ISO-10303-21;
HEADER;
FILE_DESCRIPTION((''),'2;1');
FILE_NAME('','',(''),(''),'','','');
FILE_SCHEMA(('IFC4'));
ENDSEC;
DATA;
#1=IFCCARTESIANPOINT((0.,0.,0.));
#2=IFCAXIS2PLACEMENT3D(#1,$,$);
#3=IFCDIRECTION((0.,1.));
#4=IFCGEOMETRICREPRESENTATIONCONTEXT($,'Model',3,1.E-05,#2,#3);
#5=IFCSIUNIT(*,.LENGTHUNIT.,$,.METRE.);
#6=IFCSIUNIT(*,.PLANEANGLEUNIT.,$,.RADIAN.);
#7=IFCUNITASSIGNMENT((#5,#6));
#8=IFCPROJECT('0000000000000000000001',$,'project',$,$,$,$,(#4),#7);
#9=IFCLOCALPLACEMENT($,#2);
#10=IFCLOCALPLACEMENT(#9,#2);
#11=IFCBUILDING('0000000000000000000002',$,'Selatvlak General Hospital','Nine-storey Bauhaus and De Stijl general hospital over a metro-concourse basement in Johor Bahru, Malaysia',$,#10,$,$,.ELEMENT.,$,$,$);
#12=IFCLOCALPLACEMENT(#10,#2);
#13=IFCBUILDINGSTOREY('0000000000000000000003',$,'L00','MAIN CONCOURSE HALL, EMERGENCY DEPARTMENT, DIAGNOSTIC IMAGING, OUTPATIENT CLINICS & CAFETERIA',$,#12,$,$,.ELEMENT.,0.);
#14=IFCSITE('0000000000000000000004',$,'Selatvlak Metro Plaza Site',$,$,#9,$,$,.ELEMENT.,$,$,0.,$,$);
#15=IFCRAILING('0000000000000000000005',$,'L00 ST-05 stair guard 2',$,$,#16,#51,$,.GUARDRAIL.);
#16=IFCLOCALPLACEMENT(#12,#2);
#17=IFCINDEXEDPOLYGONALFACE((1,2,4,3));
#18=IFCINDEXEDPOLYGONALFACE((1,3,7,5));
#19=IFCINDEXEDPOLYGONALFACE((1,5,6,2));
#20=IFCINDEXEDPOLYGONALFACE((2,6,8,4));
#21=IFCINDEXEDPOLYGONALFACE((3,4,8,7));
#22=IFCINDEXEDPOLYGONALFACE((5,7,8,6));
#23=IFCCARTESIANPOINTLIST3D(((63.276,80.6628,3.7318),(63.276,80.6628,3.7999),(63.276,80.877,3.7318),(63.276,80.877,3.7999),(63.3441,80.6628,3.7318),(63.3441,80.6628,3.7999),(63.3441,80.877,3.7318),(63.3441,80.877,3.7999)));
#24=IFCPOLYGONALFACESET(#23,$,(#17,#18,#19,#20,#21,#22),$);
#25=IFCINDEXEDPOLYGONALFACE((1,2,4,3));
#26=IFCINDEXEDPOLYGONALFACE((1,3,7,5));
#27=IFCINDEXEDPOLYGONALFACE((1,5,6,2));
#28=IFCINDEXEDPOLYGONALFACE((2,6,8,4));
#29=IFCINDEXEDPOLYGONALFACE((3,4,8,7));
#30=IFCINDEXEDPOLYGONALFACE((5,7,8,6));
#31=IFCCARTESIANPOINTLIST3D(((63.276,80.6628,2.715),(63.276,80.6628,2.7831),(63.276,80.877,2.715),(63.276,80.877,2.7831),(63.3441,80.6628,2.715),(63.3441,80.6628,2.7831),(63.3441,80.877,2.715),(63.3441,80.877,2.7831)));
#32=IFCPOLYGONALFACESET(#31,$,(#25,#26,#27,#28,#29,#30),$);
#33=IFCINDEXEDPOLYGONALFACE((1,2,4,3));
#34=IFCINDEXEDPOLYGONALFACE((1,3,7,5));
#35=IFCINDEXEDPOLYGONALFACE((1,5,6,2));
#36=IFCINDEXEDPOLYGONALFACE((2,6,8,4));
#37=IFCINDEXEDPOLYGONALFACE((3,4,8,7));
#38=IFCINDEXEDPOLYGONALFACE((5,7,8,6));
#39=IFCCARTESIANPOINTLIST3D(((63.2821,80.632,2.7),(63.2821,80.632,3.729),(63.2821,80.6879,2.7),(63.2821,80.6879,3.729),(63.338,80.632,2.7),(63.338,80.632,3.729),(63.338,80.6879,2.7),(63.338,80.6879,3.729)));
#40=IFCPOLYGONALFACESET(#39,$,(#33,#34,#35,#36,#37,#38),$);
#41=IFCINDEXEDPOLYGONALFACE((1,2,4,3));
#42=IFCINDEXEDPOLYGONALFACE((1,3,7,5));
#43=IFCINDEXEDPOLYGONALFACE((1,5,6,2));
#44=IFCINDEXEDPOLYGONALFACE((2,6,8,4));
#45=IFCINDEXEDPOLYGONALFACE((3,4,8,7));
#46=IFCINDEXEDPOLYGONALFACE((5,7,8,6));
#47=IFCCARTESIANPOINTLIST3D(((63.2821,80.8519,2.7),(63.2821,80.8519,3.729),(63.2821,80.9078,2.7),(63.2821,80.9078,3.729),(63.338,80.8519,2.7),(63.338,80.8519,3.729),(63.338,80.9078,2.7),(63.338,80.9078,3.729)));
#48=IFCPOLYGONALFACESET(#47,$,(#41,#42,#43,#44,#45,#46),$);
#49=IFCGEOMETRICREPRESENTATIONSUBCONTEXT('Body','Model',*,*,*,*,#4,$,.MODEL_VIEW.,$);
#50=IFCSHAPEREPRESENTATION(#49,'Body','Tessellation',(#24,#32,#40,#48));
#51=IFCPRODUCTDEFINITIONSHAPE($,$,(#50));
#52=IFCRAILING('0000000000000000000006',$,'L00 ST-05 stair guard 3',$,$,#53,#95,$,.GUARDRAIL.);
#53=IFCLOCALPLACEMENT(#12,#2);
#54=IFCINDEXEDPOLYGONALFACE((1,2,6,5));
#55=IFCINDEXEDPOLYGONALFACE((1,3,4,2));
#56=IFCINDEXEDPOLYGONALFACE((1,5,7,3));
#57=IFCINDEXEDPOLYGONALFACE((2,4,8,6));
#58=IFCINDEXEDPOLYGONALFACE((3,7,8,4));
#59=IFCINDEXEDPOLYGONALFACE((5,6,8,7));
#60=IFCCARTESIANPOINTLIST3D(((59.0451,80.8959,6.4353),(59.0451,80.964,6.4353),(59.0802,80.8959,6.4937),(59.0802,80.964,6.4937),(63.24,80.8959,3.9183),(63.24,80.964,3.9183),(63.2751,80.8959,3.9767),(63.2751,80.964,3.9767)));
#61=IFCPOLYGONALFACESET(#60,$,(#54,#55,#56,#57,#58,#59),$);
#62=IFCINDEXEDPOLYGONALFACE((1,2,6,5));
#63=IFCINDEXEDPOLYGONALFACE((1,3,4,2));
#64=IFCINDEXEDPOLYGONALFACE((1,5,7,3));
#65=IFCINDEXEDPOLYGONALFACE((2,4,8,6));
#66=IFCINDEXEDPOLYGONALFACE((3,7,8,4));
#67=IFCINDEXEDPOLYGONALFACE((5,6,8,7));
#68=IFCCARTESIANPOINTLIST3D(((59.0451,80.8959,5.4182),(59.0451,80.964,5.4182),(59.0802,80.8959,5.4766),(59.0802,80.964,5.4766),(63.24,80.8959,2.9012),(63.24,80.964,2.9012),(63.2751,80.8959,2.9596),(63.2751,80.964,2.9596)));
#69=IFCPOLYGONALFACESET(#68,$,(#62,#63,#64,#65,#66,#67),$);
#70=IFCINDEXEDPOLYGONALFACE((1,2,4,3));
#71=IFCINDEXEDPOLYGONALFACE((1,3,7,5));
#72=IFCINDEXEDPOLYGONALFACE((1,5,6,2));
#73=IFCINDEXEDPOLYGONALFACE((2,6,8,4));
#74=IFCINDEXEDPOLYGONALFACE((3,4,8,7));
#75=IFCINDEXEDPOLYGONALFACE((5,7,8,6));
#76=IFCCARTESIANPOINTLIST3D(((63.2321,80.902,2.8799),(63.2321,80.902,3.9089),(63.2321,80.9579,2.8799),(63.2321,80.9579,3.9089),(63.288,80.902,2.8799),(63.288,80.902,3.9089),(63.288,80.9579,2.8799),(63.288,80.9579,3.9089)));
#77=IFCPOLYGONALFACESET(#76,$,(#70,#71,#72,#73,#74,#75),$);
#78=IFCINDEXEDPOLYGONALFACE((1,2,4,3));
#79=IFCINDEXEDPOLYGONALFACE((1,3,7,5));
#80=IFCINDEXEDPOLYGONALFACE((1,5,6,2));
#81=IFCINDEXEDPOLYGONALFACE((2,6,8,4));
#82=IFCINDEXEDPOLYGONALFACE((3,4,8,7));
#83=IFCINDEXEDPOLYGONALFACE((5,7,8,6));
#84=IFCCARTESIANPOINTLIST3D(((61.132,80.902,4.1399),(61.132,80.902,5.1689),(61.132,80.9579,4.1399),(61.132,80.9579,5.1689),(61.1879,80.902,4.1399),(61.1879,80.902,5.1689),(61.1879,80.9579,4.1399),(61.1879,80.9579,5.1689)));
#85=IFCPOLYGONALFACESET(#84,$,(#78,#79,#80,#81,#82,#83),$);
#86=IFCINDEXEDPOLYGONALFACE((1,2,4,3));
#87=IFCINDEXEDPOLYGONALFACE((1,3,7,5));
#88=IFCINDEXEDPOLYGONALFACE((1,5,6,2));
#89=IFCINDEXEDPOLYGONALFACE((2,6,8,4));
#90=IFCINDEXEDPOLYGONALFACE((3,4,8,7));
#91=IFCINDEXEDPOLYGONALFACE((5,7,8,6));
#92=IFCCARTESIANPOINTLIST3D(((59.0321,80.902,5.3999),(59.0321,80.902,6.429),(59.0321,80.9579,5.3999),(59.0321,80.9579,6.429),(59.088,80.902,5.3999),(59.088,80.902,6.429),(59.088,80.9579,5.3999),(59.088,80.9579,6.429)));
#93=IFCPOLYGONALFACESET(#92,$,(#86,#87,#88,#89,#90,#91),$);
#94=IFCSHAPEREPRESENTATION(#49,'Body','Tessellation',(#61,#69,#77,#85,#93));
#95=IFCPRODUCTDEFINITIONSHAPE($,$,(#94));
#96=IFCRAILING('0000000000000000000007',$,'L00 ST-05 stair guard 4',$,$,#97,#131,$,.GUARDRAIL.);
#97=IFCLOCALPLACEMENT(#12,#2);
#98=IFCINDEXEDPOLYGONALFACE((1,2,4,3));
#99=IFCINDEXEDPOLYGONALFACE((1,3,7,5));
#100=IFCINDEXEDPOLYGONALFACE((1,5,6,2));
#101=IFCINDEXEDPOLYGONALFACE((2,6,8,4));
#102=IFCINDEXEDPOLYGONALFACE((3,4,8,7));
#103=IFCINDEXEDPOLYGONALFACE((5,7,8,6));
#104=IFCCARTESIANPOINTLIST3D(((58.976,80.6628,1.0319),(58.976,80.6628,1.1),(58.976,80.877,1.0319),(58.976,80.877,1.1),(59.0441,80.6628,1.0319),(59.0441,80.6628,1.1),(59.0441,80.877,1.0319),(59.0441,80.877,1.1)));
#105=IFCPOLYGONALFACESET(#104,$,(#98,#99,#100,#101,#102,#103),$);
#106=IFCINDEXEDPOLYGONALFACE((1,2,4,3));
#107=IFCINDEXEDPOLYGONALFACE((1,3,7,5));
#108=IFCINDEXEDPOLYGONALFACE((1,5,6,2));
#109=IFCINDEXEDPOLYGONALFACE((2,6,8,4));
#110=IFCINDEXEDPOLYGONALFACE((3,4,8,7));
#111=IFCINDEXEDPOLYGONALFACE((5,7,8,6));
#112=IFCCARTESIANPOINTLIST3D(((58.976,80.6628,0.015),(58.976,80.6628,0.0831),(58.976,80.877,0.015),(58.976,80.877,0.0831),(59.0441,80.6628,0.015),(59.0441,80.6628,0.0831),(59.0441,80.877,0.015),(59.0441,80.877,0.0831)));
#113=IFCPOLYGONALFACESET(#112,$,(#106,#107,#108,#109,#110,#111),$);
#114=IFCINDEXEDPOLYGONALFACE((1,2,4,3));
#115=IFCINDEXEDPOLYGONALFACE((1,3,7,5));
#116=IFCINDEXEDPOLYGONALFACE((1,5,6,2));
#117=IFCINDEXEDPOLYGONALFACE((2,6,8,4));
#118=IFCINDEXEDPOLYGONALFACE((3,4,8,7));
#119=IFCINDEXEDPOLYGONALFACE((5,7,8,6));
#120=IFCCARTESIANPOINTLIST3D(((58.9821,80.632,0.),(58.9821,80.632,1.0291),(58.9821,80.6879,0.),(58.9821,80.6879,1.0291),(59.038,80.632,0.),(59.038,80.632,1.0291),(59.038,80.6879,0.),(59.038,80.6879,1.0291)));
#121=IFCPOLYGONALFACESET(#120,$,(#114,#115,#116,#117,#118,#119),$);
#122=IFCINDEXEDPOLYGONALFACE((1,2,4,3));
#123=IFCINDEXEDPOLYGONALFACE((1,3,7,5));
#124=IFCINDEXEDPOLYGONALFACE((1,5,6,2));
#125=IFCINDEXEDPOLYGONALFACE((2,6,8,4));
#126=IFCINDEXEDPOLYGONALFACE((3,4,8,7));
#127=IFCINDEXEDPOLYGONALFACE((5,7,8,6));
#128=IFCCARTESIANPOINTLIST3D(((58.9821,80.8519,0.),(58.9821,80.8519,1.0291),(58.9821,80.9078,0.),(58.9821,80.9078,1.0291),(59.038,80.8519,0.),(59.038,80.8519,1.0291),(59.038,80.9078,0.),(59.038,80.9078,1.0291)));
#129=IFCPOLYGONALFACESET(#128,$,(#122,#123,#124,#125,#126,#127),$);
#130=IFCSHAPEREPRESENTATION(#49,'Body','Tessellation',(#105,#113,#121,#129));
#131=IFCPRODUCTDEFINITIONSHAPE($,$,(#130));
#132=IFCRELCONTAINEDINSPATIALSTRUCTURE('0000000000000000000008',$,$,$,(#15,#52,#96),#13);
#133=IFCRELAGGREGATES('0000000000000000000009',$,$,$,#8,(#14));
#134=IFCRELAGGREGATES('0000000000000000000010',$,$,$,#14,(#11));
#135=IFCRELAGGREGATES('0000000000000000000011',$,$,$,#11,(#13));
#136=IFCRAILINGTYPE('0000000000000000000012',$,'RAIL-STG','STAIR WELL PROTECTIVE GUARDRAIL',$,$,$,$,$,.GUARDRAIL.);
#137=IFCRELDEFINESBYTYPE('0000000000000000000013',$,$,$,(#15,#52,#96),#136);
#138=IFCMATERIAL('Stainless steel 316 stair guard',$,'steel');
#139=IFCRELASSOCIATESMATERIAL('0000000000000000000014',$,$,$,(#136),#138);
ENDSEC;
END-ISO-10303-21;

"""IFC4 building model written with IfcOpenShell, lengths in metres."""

from ifc_helpers import new_model, si_unit, direction, frame, origin, origin_2d, place, context, subcontext, project, spatial, rectangle, extrude, material, type_object, element, save


model = new_model("IFC4")

# Units and contexts
model_context = context("Model", 3, precision=1e-05, world=origin(), true_north=direction((0.0, 1.0)))
body_context = subcontext(model_context, "Body", "Model", "MODEL_VIEW")
ifc_project = project(units=[si_unit("LENGTHUNIT", "METRE"), si_unit("PLANEANGLEUNIT", "RADIAN")], contexts=[model_context])

# Site, building, storey
site_placement = place(None, origin())
site = spatial("IfcSite", under=ifc_project, at=site_placement, Name="Selatvlak Metro Plaza Site", CompositionType="ELEMENT", RefElevation=0.0)
building_placement = place(site_placement, origin())
building = spatial("IfcBuilding", under=site, at=building_placement, Name="Selatvlak General Hospital", Description="Nine-storey Bauhaus and De Stijl general hospital over a metro-concourse basement in Johor Bahru, Malaysia", CompositionType="ELEMENT")
storey_placement = place(building_placement, origin())
storey = spatial("IfcBuildingStorey", under=building, at=storey_placement, Name="L00", Description="MAIN CONCOURSE HALL, EMERGENCY DEPARTMENT, DIAGNOSTIC IMAGING, OUTPATIENT CLINICS & CAFETERIA", CompositionType="ELEMENT", Elevation=0.0)

# Railings
ifc_material_1 = material(Name="Stainless steel 316 stair guard", Category="steel")
railing_type_1 = type_object("IfcRailingType", Name="RAIL-STG", Description="STAIR WELL PROTECTIVE GUARDRAIL", PredefinedType="GUARDRAIL", material=ifc_material_1)
railing_1_placement = place(storey_placement, frame((63.3101, 80.6599, 2.7)))
element("IfcRailing", 1, at=railing_1_placement, inside=storey, type_object=railing_type_1, Name="L00 ST-05 stair guard 2", PredefinedType="GUARDRAIL", context=body_context, shape_type="SweptSolid", body=[
    extrude(rectangle(XDim=0.0681, YDim=0.0681, at=origin_2d()), frame((0.0, 0.0029, 1.0659), z_axis=(0.0, 1.0, 0.0), x_axis=(-1.0, 0.0, 0.0)), (0.0, 0.0, 1.0), 0.2141),
    extrude(rectangle(XDim=0.0681, YDim=0.0681, at=origin_2d()), frame((0.0, 0.0029, 0.0491), z_axis=(0.0, 1.0, 0.0), x_axis=(-1.0, 0.0, 0.0)), (0.0, 0.0, 1.0), 0.2141),
    extrude(rectangle(XDim=0.0559, YDim=0.0559, at=origin_2d()), origin(), (0.0, 0.0, 1.0), 1.0291),
    extrude(rectangle(XDim=0.0559, YDim=0.0559, at=origin_2d()), frame((0.0, 0.22, 0.0)), (0.0, 0.0, 1.0), 1.0291),
])
railing_2_placement = place(storey_placement, frame((63.26, 80.9299, 2.8799)))
element("IfcRailing", 2, at=railing_2_placement, inside=storey, type_object=railing_type_1, Name="L00 ST-05 stair guard 3", PredefinedType="GUARDRAIL", context=body_context, shape_type="SweptSolid", body=[
    extrude(rectangle(XDim=0.0681, YDim=0.0681, at=origin_2d()), frame((-0.0024, 0.0, 1.0676), z_axis=(-0.857489, 0.0, 0.514503), x_axis=(0.0, -1.0, 0.0)), (0.0, 0.0, 1.0), 4.8921),
    extrude(rectangle(XDim=0.0681, YDim=0.0681, at=origin_2d()), frame((-0.0024, 0.0, 0.0505), z_axis=(-0.857489, 0.0, 0.514503), x_axis=(0.0, -1.0, 0.0)), (0.0, 0.0, 1.0), 4.8921),
    extrude(rectangle(XDim=0.0559, YDim=0.0559, at=origin_2d()), origin(), (0.0, 0.0, 1.0), 1.0291),
    extrude(rectangle(XDim=0.0559, YDim=0.0559, at=origin_2d()), frame((-2.1001, 0.0, 1.26)), (0.0, 0.0, 1.0), 1.0291),
    extrude(rectangle(XDim=0.0559, YDim=0.0559, at=origin_2d()), frame((-4.2, 0.0, 2.52)), (0.0, 0.0, 1.0), 1.0291),
])
railing_3_placement = place(storey_placement, frame((59.01, 80.6599, 0.0)))
element("IfcRailing", 3, at=railing_3_placement, inside=storey, type_object=railing_type_1, Name="L00 ST-05 stair guard 4", PredefinedType="GUARDRAIL", context=body_context, shape_type="SweptSolid", body=[
    extrude(rectangle(XDim=0.0681, YDim=0.0681, at=origin_2d()), frame((0.0, 0.0029, 1.0659), z_axis=(0.0, 1.0, 0.0), x_axis=(-1.0, 0.0, 0.0)), (0.0, 0.0, 1.0), 0.2141),
    extrude(rectangle(XDim=0.0681, YDim=0.0681, at=origin_2d()), frame((0.0, 0.0029, 0.0491), z_axis=(0.0, 1.0, 0.0), x_axis=(-1.0, 0.0, 0.0)), (0.0, 0.0, 1.0), 0.2141),
    extrude(rectangle(XDim=0.0559, YDim=0.0559, at=origin_2d()), origin(), (0.0, 0.0, 1.0), 1.0291),
    extrude(rectangle(XDim=0.0559, YDim=0.0559, at=origin_2d()), frame((0.0, 0.22, 0.0)), (0.0, 0.0, 1.0), 1.0291),
])

save(model, "model.ifc")
